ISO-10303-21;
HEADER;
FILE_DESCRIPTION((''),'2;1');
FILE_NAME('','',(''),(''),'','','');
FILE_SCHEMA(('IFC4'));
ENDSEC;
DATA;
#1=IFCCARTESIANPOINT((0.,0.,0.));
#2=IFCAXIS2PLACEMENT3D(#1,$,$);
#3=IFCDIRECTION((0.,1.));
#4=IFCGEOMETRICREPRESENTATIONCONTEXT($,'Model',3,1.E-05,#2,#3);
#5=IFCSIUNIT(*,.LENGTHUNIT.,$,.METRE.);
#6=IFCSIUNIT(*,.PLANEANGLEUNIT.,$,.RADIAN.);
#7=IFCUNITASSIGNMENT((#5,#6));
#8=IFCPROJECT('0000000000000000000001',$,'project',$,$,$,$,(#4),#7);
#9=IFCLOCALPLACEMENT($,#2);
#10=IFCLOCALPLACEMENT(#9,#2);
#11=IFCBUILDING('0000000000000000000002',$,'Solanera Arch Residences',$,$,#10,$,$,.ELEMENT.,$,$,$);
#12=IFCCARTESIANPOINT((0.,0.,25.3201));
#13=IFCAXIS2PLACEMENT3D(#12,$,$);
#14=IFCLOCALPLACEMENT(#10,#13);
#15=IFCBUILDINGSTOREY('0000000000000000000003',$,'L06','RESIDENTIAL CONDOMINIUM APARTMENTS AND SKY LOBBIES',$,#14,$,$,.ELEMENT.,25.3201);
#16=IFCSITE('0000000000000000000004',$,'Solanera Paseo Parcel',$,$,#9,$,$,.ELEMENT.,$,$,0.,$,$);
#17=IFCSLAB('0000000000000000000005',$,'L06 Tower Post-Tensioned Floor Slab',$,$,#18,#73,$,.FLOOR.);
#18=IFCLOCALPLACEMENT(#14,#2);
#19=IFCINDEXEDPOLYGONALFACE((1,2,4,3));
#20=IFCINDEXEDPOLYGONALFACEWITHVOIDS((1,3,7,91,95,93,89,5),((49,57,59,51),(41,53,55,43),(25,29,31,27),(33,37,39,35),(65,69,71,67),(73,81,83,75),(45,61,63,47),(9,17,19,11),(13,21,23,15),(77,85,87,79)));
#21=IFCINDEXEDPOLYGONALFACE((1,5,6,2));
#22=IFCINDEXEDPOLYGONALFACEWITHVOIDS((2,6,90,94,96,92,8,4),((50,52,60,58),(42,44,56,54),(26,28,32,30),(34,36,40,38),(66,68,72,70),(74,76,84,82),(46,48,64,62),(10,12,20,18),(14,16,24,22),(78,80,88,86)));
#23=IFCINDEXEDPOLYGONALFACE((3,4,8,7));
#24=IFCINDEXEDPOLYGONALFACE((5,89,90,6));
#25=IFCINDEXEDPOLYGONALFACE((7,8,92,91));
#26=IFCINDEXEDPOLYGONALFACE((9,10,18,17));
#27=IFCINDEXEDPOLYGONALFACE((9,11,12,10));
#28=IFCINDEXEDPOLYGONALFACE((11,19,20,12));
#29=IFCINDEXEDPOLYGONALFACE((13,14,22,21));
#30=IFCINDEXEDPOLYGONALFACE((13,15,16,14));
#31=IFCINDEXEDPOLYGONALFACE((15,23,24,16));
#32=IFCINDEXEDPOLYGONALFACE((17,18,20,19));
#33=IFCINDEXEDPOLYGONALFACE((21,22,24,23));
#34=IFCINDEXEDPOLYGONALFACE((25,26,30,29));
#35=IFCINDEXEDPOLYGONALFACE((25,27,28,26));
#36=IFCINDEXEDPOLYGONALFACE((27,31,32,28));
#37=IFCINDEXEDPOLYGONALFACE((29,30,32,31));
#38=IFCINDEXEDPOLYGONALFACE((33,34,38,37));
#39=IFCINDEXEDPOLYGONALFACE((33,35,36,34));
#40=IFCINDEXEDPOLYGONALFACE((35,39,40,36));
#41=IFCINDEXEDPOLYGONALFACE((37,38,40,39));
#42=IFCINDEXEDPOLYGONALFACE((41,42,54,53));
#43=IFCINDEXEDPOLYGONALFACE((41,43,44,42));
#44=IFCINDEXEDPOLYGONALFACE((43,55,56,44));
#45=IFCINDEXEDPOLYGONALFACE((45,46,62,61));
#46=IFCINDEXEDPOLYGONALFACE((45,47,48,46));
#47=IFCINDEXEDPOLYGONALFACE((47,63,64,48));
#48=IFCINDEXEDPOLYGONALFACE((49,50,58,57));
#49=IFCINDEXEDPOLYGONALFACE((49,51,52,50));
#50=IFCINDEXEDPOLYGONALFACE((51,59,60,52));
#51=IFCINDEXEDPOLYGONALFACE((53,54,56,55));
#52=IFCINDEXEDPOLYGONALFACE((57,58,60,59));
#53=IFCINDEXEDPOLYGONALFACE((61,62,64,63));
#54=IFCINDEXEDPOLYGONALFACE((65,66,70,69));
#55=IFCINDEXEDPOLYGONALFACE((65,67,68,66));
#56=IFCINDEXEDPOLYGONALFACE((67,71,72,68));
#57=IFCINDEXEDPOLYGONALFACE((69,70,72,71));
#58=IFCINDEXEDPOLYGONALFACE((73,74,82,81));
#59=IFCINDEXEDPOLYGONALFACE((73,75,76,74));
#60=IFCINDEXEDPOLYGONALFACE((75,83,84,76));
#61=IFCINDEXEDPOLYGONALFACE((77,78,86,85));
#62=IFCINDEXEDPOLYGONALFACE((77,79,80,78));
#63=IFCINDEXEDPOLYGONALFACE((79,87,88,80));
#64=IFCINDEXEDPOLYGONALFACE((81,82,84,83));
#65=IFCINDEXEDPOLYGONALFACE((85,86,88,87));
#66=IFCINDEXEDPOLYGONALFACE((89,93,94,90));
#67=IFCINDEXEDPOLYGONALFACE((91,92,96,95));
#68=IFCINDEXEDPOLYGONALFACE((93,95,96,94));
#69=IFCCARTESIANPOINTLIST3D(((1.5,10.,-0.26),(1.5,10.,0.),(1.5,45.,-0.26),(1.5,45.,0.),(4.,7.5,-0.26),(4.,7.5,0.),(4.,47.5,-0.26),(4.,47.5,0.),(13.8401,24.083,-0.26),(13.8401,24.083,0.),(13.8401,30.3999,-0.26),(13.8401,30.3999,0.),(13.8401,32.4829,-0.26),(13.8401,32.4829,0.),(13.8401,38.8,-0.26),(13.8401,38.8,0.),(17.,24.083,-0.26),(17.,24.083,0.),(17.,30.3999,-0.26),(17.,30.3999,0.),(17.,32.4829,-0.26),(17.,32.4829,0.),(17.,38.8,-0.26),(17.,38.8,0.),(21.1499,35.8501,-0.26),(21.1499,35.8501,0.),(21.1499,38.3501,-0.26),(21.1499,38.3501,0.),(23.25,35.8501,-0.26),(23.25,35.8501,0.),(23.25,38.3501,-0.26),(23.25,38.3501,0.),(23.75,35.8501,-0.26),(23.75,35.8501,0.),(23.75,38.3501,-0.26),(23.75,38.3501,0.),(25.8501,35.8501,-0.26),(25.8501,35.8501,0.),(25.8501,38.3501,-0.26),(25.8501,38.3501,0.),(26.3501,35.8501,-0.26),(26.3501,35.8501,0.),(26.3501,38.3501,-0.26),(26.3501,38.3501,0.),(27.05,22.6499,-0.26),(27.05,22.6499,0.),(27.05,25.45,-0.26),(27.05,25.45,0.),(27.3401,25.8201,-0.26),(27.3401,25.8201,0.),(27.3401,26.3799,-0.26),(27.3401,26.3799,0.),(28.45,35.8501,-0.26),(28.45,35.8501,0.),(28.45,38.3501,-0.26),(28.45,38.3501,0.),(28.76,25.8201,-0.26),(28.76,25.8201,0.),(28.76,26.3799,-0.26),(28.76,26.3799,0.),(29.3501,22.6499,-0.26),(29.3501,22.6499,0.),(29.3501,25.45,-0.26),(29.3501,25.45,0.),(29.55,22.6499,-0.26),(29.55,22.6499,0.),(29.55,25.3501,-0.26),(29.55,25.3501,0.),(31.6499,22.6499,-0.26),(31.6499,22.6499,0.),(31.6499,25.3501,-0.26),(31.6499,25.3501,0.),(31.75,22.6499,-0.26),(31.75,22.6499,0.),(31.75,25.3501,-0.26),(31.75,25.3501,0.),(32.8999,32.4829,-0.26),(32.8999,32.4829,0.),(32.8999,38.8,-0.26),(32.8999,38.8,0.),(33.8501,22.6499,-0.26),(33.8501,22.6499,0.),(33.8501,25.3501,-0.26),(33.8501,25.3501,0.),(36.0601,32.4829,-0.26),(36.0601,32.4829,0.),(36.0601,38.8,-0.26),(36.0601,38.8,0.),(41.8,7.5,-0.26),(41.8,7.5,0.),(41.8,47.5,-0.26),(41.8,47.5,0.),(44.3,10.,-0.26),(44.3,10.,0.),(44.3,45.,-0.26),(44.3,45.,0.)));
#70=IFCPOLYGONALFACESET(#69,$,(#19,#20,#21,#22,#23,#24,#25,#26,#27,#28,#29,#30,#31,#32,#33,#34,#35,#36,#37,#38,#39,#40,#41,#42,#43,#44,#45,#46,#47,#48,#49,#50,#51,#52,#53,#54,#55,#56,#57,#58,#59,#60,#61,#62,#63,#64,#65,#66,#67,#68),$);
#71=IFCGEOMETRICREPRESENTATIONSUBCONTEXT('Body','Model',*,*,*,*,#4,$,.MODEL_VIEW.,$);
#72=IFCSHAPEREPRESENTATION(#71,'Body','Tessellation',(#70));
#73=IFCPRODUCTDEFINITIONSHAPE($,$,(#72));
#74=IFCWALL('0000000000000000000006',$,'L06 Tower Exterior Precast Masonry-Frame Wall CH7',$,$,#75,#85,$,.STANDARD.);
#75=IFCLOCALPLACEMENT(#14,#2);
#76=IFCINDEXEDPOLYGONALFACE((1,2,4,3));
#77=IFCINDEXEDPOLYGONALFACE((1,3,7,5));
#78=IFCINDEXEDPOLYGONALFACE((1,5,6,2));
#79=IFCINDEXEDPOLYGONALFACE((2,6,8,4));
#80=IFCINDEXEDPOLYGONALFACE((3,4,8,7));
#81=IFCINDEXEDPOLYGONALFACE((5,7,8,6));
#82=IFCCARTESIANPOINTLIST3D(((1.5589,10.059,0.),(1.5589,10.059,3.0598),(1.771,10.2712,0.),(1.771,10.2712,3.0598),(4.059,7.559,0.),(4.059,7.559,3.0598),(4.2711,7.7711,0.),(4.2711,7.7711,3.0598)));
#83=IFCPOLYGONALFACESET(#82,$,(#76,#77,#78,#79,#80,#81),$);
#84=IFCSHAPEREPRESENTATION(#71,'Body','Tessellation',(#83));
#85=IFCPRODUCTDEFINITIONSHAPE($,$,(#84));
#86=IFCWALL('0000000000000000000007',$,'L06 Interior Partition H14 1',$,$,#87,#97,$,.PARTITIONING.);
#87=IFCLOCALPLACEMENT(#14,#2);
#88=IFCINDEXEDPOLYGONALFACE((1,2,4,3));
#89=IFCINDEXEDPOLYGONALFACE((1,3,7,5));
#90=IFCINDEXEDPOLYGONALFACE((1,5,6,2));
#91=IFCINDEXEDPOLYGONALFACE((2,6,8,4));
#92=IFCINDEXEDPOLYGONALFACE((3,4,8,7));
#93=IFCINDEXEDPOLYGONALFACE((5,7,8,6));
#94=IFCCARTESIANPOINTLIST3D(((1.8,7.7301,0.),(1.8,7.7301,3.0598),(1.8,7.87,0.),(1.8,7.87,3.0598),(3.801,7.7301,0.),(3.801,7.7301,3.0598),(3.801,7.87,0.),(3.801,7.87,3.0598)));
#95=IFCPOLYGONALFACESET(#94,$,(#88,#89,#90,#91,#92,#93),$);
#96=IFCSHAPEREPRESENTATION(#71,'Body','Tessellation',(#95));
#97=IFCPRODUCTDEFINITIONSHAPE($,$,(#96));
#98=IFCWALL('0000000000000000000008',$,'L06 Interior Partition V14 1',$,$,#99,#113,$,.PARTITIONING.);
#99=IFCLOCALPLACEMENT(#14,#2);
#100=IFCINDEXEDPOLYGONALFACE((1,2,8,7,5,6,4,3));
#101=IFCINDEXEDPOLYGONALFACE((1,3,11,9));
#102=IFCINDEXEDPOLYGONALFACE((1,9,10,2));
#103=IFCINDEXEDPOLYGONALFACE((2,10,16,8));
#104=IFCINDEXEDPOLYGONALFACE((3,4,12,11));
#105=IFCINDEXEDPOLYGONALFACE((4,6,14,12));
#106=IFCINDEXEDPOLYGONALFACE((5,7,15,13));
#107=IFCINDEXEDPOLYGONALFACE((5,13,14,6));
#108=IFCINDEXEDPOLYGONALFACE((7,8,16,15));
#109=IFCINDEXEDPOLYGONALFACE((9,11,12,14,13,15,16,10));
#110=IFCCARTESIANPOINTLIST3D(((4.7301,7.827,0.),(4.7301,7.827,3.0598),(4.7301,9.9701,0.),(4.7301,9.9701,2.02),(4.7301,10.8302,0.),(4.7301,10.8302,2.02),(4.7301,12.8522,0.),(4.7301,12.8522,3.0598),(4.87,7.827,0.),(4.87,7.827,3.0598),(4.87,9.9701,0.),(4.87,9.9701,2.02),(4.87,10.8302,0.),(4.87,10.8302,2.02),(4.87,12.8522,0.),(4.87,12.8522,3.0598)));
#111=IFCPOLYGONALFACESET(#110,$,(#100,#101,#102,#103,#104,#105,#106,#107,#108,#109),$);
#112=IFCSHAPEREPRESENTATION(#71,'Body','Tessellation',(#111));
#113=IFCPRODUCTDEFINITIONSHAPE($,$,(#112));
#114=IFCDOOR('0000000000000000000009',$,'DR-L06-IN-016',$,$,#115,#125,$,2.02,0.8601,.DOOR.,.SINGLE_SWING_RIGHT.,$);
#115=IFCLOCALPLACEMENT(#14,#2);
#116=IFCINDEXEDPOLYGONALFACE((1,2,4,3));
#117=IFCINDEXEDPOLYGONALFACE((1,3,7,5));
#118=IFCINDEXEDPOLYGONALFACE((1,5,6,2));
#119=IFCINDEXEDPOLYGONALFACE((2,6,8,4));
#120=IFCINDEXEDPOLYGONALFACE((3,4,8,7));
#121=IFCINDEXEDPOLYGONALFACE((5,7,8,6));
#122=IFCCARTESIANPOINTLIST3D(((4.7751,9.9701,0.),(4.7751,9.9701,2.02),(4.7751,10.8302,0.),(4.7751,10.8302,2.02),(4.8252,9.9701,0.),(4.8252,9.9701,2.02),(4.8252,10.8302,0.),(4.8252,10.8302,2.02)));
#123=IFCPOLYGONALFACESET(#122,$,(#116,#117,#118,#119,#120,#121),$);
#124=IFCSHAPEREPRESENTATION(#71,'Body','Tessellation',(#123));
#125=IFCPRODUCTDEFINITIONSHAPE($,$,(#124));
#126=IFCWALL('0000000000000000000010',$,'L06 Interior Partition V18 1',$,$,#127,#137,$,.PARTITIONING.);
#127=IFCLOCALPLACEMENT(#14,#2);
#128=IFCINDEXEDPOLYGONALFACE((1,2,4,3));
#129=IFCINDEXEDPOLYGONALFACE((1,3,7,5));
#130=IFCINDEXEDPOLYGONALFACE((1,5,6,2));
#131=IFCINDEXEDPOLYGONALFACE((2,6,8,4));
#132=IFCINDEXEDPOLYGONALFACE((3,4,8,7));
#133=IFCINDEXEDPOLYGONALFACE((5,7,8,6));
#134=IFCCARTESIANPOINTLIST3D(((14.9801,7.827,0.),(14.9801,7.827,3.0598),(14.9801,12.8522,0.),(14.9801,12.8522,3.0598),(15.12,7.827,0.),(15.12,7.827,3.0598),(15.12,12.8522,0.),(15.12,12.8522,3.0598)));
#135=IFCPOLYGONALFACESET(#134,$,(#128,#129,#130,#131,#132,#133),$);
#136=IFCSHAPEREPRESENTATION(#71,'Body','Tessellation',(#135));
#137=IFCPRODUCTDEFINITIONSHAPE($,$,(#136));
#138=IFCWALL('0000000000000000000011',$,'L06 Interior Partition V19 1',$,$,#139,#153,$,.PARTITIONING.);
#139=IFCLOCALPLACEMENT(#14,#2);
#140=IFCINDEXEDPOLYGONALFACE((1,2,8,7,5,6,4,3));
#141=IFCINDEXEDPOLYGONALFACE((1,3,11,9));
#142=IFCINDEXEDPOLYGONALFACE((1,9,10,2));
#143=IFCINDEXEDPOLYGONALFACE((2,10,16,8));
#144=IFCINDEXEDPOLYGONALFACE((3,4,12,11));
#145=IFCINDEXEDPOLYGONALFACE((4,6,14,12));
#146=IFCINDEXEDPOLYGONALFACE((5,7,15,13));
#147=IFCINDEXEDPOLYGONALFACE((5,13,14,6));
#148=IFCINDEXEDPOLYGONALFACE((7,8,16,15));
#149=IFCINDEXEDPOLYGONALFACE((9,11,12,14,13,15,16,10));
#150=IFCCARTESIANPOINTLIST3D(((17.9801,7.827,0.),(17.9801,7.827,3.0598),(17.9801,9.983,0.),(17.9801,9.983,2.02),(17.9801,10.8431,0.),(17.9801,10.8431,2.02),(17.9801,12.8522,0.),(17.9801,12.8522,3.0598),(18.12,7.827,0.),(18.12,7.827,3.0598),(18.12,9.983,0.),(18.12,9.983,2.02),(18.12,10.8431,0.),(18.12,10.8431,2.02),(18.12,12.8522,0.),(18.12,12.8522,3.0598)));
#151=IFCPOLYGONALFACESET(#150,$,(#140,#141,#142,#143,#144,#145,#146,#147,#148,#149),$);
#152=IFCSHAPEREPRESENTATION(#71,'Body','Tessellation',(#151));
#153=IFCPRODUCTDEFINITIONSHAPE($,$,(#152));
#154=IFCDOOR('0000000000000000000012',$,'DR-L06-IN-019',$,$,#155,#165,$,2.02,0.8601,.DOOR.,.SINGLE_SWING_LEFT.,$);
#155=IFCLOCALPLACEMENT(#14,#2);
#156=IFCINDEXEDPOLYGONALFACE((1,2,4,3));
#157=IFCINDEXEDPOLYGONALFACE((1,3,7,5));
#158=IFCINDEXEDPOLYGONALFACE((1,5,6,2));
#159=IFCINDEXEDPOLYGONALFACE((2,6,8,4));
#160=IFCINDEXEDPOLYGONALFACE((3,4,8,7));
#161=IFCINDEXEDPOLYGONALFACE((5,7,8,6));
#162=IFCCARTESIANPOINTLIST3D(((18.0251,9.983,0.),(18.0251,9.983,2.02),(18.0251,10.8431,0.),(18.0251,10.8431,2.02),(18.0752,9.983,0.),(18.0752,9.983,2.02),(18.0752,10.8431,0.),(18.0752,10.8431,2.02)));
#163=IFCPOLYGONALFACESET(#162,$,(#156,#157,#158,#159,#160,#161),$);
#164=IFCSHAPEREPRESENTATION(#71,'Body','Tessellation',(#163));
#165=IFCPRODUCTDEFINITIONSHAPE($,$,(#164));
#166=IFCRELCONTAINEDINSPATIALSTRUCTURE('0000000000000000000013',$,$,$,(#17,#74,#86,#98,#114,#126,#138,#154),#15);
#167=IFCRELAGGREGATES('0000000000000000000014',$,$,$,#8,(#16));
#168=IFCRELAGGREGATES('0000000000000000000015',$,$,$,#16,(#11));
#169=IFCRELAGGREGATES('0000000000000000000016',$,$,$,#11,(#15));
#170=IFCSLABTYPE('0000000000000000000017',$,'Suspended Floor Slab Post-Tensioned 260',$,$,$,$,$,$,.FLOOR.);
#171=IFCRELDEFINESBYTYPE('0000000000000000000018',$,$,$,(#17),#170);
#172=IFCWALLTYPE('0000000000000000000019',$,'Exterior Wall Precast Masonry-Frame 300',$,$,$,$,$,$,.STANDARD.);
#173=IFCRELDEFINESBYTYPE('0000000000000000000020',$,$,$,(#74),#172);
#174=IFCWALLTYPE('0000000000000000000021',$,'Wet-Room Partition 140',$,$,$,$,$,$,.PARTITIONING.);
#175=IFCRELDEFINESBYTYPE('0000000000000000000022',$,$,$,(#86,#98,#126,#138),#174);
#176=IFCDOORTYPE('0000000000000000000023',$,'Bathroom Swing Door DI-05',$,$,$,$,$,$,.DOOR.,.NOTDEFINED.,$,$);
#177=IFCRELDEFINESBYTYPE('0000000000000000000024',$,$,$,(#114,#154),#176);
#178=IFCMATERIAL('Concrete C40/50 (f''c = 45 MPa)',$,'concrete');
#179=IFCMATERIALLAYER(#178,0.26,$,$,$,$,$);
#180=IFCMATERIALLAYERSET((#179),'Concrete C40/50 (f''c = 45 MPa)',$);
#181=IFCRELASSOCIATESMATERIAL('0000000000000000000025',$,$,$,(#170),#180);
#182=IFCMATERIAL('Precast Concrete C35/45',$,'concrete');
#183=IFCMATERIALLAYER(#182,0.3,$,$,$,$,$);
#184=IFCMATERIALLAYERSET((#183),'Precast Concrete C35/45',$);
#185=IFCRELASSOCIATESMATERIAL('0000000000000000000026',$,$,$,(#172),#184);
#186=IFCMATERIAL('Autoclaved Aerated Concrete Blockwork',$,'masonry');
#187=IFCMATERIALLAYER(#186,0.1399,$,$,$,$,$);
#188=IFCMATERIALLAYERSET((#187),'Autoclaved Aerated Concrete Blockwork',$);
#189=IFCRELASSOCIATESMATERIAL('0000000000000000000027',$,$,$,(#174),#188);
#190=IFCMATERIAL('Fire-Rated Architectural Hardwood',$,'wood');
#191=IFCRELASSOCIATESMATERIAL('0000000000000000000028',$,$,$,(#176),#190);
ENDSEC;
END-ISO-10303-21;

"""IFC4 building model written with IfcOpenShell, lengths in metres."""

from ifc_helpers import new_model, si_unit, direction, frame, frame_2d, origin, place, context, subcontext, project, spatial, polyline, rectangle, outline, extrude, material, layer, layer_set, type_object, element, fill, save


model = new_model("IFC4")

# Units and contexts
model_context = context("Model", 3, precision=1e-05, world=origin(), true_north=direction((0.0, 1.0)))
body_context = subcontext(model_context, "Body", "Model", "MODEL_VIEW")
ifc_project = project(units=[si_unit("LENGTHUNIT", "METRE"), si_unit("PLANEANGLEUNIT", "RADIAN")], contexts=[model_context])

# Site, building, storey
site_placement = place(None, origin())
site = spatial("IfcSite", under=ifc_project, at=site_placement, Name="Solanera Paseo Parcel", CompositionType="ELEMENT", RefElevation=0.0)
building_placement = place(site_placement, origin())
building = spatial("IfcBuilding", under=site, at=building_placement, Name="Solanera Arch Residences", CompositionType="ELEMENT")
storey_placement = place(building_placement, frame((0.0, 0.0, 25.3201)))
storey = spatial("IfcBuildingStorey", under=building, at=storey_placement, Name="L06", Description="RESIDENTIAL CONDOMINIUM APARTMENTS AND SKY LOBBIES", CompositionType="ELEMENT", Elevation=25.3201)

# Slab
ifc_material_1 = material(Name="Concrete C40/50 (f'c = 45 MPa)", Category="concrete")
ifc_layer_1 = layer(ifc_material_1, 0.26)
ifc_layer_set_1 = layer_set([ifc_layer_1], Name="Concrete C40/50 (f'c = 45 MPa)")
slab_type_1 = type_object("IfcSlabType", Name="Suspended Floor Slab Post-Tensioned 260", PredefinedType="FLOOR", material=ifc_layer_set_1)
slab_1_placement = place(storey_placement, frame((0.0, 0.0, -0.26)))
element("IfcSlab", 1, at=slab_1_placement, inside=storey, type_object=slab_type_1, Name="L06 Tower Post-Tensioned Floor Slab", PredefinedType="FLOOR", context=body_context, shape_type="SweptSolid", body=[
    extrude(outline(polyline([(4.0, 7.5), (41.8, 7.5), (44.3, 10.0), (44.3, 45.0), (41.8, 47.5), (4.0, 47.5), (1.5, 45.0), (1.5, 10.0), (4.0, 7.5)]), holes=[polyline([(13.8401, 32.4829), (13.8401, 38.8), (17.0, 38.8), (17.0, 32.4829), (13.8401, 32.4829)]), polyline([(32.8999, 32.4829), (32.8999, 38.8), (36.0601, 38.8), (36.0601, 32.4829), (32.8999, 32.4829)]), polyline([(13.8401, 24.083), (13.8401, 30.3999), (17.0, 30.3999), (17.0, 24.083), (13.8401, 24.083)]), polyline([(21.1499, 38.3501), (23.25, 38.3501), (23.25, 35.8501), (21.1499, 35.8501), (21.1499, 38.3501)]), polyline([(23.75, 38.3501), (25.8501, 38.3501), (25.8501, 35.8501), (23.75, 35.8501), (23.75, 38.3501)]), polyline([(26.3501, 38.3501), (28.45, 38.3501), (28.45, 35.8501), (26.3501, 35.8501), (26.3501, 38.3501)]), polyline([(29.55, 25.3501), (31.6499, 25.3501), (31.6499, 22.6499), (29.55, 22.6499), (29.55, 25.3501)]), polyline([(31.75, 25.3501), (33.8501, 25.3501), (33.8501, 22.6499), (31.75, 22.6499), (31.75, 25.3501)]), polyline([(27.05, 25.45), (29.3501, 25.45), (29.3501, 22.6499), (27.05, 22.6499), (27.05, 25.45)]), polyline([(27.3401, 26.3799), (28.76, 26.3799), (28.76, 25.8201), (27.3401, 25.8201), (27.3401, 26.3799)])]), origin(), (0.0, 0.0, 1.0), 0.26),
])

# Walls
ifc_material_2 = material(Name="Precast Concrete C35/45", Category="concrete")
ifc_layer_2 = layer(ifc_material_2, 0.3)
ifc_layer_set_2 = layer_set([ifc_layer_2], Name="Precast Concrete C35/45")
wall_type_1 = type_object("IfcWallType", Name="Exterior Wall Precast Masonry-Frame 300", PredefinedType="STANDARD", material=ifc_layer_set_2)
wall_1_placement = place(storey_placement, frame((4.165, 7.665, 0.0), z_axis=(0.0, 0.0, 1.0), x_axis=(-0.707107, 0.707107, 0.0)))
element("IfcWall", 2, at=wall_1_placement, inside=storey, type_object=wall_type_1, Name="L06 Tower Exterior Precast Masonry-Frame Wall CH7", PredefinedType="STANDARD", context=body_context, shape_type="SweptSolid", body=[
    extrude(rectangle(XDim=3.5356, YDim=0.3, at=frame_2d((1.7678, 0.0))), origin(), (0.0, 0.0, 1.0), 3.0598),
])
ifc_material_3 = material(Name="Autoclaved Aerated Concrete Blockwork", Category="masonry")
ifc_layer_3 = layer(ifc_material_3, 0.1399)
ifc_layer_set_3 = layer_set([ifc_layer_3], Name="Autoclaved Aerated Concrete Blockwork")
wall_type_2 = type_object("IfcWallType", Name="Wet-Room Partition 140", PredefinedType="PARTITIONING", material=ifc_layer_set_3)
wall_2_placement = place(storey_placement, frame((1.8, 7.8, 0.0), z_axis=(0.0, 0.0, 1.0), x_axis=(1.0, 0.0, 0.0)))
element("IfcWall", 3, at=wall_2_placement, inside=storey, type_object=wall_type_2, Name="L06 Interior Partition H14 1", PredefinedType="PARTITIONING", context=body_context, shape_type="SweptSolid", body=[
    extrude(rectangle(XDim=2.001, YDim=0.1399, at=frame_2d((1.0005, 0.0))), origin(), (0.0, 0.0, 1.0), 3.0598),
])

# Wall, opening, door
wall_3_placement = place(storey_placement, frame((4.8, 7.8269, 0.0), z_axis=(0.0, 0.0, 1.0), x_axis=(0.0, 1.0, 0.0)))
wall_3 = element("IfcWall", 4, at=wall_3_placement, inside=storey, type_object=wall_type_2, Name="L06 Interior Partition V14 1", PredefinedType="PARTITIONING", context=body_context, shape_type="SweptSolid", body=[
    extrude(rectangle(XDim=5.0251, YDim=0.1399, at=frame_2d((2.5127, 0.0))), origin(), (0.0, 0.0, 1.0), 3.0598),
])
opening_1_placement = place(wall_3_placement, frame((2.1431, 0.0, 0.0)))
opening_1 = element("IfcOpeningElement", 5, at=opening_1_placement, cuts=wall_3, PredefinedType="OPENING", context=body_context, shape_type="SweptSolid", body=[
    extrude(rectangle(XDim=0.8601, YDim=2.02, at=frame_2d((0.4302, 1.01))), frame((0.0, 0.0798, 0.0), z_axis=(0.0, -1.0, 0.0), x_axis=(1.0, 0.0, 0.0)), (0.0, 0.0, 1.0), 0.1599),
])
ifc_material_4 = material(Name="Fire-Rated Architectural Hardwood", Category="wood")
door_type = type_object("IfcDoorType", Name="Bathroom Swing Door DI-05", OperationType="NOTDEFINED", PredefinedType="DOOR", material=ifc_material_4)
door_1_placement = place(opening_1_placement, origin())
door_1 = element("IfcDoor", 6, at=door_1_placement, inside=storey, type_object=door_type, Name="DR-L06-IN-016", OperationType="SINGLE_SWING_RIGHT", OverallHeight=2.02, OverallWidth=0.8601, PredefinedType="DOOR", context=body_context, shape_type="SweptSolid", body=[
    extrude(rectangle(XDim=0.8601, YDim=2.02, at=frame_2d((0.4302, 1.01))), frame((0.0, 0.0249, 0.0), z_axis=(0.0, -1.0, 0.0), x_axis=(1.0, 0.0, 0.0)), (0.0, 0.0, 1.0), 0.05),
])
fill(opening_1, door_1)

# Wall
wall_4_placement = place(storey_placement, frame((15.05, 7.8269, 0.0), z_axis=(0.0, 0.0, 1.0), x_axis=(0.0, 1.0, 0.0)))
element("IfcWall", 7, at=wall_4_placement, inside=storey, type_object=wall_type_2, Name="L06 Interior Partition V18 1", PredefinedType="PARTITIONING", context=body_context, shape_type="SweptSolid", body=[
    extrude(rectangle(XDim=5.0251, YDim=0.1399, at=frame_2d((2.5127, 0.0))), origin(), (0.0, 0.0, 1.0), 3.0598),
])

# Wall, opening, door
wall_5_placement = place(storey_placement, frame((18.05, 7.8269, 0.0), z_axis=(0.0, 0.0, 1.0), x_axis=(0.0, 1.0, 0.0)))
wall_5 = element("IfcWall", 8, at=wall_5_placement, inside=storey, type_object=wall_type_2, Name="L06 Interior Partition V19 1", PredefinedType="PARTITIONING", context=body_context, shape_type="SweptSolid", body=[
    extrude(rectangle(XDim=5.0251, YDim=0.1399, at=frame_2d((2.5127, 0.0))), origin(), (0.0, 0.0, 1.0), 3.0598),
])
opening_2_placement = place(wall_5_placement, frame((2.156, 0.0, 0.0)))
opening_2 = element("IfcOpeningElement", 9, at=opening_2_placement, cuts=wall_5, PredefinedType="OPENING", context=body_context, shape_type="SweptSolid", body=[
    extrude(rectangle(XDim=0.8601, YDim=2.02, at=frame_2d((0.4302, 1.01))), frame((0.0, 0.0798, 0.0), z_axis=(0.0, -1.0, 0.0), x_axis=(1.0, 0.0, 0.0)), (0.0, 0.0, 1.0), 0.1599),
])
door_2_placement = place(opening_2_placement, origin())
door_2 = element("IfcDoor", 10, at=door_2_placement, inside=storey, type_object=door_type, Name="DR-L06-IN-019", OperationType="SINGLE_SWING_LEFT", OverallHeight=2.02, OverallWidth=0.8601, PredefinedType="DOOR", context=body_context, shape_type="SweptSolid", body=[
    extrude(rectangle(XDim=0.8601, YDim=2.02, at=frame_2d((0.4302, 1.01))), frame((0.0, 0.0249, 0.0), z_axis=(0.0, -1.0, 0.0), x_axis=(1.0, 0.0, 0.0)), (0.0, 0.0, 1.0), 0.05),
])
fill(opening_2, door_2)

save(model, "model.ifc")
